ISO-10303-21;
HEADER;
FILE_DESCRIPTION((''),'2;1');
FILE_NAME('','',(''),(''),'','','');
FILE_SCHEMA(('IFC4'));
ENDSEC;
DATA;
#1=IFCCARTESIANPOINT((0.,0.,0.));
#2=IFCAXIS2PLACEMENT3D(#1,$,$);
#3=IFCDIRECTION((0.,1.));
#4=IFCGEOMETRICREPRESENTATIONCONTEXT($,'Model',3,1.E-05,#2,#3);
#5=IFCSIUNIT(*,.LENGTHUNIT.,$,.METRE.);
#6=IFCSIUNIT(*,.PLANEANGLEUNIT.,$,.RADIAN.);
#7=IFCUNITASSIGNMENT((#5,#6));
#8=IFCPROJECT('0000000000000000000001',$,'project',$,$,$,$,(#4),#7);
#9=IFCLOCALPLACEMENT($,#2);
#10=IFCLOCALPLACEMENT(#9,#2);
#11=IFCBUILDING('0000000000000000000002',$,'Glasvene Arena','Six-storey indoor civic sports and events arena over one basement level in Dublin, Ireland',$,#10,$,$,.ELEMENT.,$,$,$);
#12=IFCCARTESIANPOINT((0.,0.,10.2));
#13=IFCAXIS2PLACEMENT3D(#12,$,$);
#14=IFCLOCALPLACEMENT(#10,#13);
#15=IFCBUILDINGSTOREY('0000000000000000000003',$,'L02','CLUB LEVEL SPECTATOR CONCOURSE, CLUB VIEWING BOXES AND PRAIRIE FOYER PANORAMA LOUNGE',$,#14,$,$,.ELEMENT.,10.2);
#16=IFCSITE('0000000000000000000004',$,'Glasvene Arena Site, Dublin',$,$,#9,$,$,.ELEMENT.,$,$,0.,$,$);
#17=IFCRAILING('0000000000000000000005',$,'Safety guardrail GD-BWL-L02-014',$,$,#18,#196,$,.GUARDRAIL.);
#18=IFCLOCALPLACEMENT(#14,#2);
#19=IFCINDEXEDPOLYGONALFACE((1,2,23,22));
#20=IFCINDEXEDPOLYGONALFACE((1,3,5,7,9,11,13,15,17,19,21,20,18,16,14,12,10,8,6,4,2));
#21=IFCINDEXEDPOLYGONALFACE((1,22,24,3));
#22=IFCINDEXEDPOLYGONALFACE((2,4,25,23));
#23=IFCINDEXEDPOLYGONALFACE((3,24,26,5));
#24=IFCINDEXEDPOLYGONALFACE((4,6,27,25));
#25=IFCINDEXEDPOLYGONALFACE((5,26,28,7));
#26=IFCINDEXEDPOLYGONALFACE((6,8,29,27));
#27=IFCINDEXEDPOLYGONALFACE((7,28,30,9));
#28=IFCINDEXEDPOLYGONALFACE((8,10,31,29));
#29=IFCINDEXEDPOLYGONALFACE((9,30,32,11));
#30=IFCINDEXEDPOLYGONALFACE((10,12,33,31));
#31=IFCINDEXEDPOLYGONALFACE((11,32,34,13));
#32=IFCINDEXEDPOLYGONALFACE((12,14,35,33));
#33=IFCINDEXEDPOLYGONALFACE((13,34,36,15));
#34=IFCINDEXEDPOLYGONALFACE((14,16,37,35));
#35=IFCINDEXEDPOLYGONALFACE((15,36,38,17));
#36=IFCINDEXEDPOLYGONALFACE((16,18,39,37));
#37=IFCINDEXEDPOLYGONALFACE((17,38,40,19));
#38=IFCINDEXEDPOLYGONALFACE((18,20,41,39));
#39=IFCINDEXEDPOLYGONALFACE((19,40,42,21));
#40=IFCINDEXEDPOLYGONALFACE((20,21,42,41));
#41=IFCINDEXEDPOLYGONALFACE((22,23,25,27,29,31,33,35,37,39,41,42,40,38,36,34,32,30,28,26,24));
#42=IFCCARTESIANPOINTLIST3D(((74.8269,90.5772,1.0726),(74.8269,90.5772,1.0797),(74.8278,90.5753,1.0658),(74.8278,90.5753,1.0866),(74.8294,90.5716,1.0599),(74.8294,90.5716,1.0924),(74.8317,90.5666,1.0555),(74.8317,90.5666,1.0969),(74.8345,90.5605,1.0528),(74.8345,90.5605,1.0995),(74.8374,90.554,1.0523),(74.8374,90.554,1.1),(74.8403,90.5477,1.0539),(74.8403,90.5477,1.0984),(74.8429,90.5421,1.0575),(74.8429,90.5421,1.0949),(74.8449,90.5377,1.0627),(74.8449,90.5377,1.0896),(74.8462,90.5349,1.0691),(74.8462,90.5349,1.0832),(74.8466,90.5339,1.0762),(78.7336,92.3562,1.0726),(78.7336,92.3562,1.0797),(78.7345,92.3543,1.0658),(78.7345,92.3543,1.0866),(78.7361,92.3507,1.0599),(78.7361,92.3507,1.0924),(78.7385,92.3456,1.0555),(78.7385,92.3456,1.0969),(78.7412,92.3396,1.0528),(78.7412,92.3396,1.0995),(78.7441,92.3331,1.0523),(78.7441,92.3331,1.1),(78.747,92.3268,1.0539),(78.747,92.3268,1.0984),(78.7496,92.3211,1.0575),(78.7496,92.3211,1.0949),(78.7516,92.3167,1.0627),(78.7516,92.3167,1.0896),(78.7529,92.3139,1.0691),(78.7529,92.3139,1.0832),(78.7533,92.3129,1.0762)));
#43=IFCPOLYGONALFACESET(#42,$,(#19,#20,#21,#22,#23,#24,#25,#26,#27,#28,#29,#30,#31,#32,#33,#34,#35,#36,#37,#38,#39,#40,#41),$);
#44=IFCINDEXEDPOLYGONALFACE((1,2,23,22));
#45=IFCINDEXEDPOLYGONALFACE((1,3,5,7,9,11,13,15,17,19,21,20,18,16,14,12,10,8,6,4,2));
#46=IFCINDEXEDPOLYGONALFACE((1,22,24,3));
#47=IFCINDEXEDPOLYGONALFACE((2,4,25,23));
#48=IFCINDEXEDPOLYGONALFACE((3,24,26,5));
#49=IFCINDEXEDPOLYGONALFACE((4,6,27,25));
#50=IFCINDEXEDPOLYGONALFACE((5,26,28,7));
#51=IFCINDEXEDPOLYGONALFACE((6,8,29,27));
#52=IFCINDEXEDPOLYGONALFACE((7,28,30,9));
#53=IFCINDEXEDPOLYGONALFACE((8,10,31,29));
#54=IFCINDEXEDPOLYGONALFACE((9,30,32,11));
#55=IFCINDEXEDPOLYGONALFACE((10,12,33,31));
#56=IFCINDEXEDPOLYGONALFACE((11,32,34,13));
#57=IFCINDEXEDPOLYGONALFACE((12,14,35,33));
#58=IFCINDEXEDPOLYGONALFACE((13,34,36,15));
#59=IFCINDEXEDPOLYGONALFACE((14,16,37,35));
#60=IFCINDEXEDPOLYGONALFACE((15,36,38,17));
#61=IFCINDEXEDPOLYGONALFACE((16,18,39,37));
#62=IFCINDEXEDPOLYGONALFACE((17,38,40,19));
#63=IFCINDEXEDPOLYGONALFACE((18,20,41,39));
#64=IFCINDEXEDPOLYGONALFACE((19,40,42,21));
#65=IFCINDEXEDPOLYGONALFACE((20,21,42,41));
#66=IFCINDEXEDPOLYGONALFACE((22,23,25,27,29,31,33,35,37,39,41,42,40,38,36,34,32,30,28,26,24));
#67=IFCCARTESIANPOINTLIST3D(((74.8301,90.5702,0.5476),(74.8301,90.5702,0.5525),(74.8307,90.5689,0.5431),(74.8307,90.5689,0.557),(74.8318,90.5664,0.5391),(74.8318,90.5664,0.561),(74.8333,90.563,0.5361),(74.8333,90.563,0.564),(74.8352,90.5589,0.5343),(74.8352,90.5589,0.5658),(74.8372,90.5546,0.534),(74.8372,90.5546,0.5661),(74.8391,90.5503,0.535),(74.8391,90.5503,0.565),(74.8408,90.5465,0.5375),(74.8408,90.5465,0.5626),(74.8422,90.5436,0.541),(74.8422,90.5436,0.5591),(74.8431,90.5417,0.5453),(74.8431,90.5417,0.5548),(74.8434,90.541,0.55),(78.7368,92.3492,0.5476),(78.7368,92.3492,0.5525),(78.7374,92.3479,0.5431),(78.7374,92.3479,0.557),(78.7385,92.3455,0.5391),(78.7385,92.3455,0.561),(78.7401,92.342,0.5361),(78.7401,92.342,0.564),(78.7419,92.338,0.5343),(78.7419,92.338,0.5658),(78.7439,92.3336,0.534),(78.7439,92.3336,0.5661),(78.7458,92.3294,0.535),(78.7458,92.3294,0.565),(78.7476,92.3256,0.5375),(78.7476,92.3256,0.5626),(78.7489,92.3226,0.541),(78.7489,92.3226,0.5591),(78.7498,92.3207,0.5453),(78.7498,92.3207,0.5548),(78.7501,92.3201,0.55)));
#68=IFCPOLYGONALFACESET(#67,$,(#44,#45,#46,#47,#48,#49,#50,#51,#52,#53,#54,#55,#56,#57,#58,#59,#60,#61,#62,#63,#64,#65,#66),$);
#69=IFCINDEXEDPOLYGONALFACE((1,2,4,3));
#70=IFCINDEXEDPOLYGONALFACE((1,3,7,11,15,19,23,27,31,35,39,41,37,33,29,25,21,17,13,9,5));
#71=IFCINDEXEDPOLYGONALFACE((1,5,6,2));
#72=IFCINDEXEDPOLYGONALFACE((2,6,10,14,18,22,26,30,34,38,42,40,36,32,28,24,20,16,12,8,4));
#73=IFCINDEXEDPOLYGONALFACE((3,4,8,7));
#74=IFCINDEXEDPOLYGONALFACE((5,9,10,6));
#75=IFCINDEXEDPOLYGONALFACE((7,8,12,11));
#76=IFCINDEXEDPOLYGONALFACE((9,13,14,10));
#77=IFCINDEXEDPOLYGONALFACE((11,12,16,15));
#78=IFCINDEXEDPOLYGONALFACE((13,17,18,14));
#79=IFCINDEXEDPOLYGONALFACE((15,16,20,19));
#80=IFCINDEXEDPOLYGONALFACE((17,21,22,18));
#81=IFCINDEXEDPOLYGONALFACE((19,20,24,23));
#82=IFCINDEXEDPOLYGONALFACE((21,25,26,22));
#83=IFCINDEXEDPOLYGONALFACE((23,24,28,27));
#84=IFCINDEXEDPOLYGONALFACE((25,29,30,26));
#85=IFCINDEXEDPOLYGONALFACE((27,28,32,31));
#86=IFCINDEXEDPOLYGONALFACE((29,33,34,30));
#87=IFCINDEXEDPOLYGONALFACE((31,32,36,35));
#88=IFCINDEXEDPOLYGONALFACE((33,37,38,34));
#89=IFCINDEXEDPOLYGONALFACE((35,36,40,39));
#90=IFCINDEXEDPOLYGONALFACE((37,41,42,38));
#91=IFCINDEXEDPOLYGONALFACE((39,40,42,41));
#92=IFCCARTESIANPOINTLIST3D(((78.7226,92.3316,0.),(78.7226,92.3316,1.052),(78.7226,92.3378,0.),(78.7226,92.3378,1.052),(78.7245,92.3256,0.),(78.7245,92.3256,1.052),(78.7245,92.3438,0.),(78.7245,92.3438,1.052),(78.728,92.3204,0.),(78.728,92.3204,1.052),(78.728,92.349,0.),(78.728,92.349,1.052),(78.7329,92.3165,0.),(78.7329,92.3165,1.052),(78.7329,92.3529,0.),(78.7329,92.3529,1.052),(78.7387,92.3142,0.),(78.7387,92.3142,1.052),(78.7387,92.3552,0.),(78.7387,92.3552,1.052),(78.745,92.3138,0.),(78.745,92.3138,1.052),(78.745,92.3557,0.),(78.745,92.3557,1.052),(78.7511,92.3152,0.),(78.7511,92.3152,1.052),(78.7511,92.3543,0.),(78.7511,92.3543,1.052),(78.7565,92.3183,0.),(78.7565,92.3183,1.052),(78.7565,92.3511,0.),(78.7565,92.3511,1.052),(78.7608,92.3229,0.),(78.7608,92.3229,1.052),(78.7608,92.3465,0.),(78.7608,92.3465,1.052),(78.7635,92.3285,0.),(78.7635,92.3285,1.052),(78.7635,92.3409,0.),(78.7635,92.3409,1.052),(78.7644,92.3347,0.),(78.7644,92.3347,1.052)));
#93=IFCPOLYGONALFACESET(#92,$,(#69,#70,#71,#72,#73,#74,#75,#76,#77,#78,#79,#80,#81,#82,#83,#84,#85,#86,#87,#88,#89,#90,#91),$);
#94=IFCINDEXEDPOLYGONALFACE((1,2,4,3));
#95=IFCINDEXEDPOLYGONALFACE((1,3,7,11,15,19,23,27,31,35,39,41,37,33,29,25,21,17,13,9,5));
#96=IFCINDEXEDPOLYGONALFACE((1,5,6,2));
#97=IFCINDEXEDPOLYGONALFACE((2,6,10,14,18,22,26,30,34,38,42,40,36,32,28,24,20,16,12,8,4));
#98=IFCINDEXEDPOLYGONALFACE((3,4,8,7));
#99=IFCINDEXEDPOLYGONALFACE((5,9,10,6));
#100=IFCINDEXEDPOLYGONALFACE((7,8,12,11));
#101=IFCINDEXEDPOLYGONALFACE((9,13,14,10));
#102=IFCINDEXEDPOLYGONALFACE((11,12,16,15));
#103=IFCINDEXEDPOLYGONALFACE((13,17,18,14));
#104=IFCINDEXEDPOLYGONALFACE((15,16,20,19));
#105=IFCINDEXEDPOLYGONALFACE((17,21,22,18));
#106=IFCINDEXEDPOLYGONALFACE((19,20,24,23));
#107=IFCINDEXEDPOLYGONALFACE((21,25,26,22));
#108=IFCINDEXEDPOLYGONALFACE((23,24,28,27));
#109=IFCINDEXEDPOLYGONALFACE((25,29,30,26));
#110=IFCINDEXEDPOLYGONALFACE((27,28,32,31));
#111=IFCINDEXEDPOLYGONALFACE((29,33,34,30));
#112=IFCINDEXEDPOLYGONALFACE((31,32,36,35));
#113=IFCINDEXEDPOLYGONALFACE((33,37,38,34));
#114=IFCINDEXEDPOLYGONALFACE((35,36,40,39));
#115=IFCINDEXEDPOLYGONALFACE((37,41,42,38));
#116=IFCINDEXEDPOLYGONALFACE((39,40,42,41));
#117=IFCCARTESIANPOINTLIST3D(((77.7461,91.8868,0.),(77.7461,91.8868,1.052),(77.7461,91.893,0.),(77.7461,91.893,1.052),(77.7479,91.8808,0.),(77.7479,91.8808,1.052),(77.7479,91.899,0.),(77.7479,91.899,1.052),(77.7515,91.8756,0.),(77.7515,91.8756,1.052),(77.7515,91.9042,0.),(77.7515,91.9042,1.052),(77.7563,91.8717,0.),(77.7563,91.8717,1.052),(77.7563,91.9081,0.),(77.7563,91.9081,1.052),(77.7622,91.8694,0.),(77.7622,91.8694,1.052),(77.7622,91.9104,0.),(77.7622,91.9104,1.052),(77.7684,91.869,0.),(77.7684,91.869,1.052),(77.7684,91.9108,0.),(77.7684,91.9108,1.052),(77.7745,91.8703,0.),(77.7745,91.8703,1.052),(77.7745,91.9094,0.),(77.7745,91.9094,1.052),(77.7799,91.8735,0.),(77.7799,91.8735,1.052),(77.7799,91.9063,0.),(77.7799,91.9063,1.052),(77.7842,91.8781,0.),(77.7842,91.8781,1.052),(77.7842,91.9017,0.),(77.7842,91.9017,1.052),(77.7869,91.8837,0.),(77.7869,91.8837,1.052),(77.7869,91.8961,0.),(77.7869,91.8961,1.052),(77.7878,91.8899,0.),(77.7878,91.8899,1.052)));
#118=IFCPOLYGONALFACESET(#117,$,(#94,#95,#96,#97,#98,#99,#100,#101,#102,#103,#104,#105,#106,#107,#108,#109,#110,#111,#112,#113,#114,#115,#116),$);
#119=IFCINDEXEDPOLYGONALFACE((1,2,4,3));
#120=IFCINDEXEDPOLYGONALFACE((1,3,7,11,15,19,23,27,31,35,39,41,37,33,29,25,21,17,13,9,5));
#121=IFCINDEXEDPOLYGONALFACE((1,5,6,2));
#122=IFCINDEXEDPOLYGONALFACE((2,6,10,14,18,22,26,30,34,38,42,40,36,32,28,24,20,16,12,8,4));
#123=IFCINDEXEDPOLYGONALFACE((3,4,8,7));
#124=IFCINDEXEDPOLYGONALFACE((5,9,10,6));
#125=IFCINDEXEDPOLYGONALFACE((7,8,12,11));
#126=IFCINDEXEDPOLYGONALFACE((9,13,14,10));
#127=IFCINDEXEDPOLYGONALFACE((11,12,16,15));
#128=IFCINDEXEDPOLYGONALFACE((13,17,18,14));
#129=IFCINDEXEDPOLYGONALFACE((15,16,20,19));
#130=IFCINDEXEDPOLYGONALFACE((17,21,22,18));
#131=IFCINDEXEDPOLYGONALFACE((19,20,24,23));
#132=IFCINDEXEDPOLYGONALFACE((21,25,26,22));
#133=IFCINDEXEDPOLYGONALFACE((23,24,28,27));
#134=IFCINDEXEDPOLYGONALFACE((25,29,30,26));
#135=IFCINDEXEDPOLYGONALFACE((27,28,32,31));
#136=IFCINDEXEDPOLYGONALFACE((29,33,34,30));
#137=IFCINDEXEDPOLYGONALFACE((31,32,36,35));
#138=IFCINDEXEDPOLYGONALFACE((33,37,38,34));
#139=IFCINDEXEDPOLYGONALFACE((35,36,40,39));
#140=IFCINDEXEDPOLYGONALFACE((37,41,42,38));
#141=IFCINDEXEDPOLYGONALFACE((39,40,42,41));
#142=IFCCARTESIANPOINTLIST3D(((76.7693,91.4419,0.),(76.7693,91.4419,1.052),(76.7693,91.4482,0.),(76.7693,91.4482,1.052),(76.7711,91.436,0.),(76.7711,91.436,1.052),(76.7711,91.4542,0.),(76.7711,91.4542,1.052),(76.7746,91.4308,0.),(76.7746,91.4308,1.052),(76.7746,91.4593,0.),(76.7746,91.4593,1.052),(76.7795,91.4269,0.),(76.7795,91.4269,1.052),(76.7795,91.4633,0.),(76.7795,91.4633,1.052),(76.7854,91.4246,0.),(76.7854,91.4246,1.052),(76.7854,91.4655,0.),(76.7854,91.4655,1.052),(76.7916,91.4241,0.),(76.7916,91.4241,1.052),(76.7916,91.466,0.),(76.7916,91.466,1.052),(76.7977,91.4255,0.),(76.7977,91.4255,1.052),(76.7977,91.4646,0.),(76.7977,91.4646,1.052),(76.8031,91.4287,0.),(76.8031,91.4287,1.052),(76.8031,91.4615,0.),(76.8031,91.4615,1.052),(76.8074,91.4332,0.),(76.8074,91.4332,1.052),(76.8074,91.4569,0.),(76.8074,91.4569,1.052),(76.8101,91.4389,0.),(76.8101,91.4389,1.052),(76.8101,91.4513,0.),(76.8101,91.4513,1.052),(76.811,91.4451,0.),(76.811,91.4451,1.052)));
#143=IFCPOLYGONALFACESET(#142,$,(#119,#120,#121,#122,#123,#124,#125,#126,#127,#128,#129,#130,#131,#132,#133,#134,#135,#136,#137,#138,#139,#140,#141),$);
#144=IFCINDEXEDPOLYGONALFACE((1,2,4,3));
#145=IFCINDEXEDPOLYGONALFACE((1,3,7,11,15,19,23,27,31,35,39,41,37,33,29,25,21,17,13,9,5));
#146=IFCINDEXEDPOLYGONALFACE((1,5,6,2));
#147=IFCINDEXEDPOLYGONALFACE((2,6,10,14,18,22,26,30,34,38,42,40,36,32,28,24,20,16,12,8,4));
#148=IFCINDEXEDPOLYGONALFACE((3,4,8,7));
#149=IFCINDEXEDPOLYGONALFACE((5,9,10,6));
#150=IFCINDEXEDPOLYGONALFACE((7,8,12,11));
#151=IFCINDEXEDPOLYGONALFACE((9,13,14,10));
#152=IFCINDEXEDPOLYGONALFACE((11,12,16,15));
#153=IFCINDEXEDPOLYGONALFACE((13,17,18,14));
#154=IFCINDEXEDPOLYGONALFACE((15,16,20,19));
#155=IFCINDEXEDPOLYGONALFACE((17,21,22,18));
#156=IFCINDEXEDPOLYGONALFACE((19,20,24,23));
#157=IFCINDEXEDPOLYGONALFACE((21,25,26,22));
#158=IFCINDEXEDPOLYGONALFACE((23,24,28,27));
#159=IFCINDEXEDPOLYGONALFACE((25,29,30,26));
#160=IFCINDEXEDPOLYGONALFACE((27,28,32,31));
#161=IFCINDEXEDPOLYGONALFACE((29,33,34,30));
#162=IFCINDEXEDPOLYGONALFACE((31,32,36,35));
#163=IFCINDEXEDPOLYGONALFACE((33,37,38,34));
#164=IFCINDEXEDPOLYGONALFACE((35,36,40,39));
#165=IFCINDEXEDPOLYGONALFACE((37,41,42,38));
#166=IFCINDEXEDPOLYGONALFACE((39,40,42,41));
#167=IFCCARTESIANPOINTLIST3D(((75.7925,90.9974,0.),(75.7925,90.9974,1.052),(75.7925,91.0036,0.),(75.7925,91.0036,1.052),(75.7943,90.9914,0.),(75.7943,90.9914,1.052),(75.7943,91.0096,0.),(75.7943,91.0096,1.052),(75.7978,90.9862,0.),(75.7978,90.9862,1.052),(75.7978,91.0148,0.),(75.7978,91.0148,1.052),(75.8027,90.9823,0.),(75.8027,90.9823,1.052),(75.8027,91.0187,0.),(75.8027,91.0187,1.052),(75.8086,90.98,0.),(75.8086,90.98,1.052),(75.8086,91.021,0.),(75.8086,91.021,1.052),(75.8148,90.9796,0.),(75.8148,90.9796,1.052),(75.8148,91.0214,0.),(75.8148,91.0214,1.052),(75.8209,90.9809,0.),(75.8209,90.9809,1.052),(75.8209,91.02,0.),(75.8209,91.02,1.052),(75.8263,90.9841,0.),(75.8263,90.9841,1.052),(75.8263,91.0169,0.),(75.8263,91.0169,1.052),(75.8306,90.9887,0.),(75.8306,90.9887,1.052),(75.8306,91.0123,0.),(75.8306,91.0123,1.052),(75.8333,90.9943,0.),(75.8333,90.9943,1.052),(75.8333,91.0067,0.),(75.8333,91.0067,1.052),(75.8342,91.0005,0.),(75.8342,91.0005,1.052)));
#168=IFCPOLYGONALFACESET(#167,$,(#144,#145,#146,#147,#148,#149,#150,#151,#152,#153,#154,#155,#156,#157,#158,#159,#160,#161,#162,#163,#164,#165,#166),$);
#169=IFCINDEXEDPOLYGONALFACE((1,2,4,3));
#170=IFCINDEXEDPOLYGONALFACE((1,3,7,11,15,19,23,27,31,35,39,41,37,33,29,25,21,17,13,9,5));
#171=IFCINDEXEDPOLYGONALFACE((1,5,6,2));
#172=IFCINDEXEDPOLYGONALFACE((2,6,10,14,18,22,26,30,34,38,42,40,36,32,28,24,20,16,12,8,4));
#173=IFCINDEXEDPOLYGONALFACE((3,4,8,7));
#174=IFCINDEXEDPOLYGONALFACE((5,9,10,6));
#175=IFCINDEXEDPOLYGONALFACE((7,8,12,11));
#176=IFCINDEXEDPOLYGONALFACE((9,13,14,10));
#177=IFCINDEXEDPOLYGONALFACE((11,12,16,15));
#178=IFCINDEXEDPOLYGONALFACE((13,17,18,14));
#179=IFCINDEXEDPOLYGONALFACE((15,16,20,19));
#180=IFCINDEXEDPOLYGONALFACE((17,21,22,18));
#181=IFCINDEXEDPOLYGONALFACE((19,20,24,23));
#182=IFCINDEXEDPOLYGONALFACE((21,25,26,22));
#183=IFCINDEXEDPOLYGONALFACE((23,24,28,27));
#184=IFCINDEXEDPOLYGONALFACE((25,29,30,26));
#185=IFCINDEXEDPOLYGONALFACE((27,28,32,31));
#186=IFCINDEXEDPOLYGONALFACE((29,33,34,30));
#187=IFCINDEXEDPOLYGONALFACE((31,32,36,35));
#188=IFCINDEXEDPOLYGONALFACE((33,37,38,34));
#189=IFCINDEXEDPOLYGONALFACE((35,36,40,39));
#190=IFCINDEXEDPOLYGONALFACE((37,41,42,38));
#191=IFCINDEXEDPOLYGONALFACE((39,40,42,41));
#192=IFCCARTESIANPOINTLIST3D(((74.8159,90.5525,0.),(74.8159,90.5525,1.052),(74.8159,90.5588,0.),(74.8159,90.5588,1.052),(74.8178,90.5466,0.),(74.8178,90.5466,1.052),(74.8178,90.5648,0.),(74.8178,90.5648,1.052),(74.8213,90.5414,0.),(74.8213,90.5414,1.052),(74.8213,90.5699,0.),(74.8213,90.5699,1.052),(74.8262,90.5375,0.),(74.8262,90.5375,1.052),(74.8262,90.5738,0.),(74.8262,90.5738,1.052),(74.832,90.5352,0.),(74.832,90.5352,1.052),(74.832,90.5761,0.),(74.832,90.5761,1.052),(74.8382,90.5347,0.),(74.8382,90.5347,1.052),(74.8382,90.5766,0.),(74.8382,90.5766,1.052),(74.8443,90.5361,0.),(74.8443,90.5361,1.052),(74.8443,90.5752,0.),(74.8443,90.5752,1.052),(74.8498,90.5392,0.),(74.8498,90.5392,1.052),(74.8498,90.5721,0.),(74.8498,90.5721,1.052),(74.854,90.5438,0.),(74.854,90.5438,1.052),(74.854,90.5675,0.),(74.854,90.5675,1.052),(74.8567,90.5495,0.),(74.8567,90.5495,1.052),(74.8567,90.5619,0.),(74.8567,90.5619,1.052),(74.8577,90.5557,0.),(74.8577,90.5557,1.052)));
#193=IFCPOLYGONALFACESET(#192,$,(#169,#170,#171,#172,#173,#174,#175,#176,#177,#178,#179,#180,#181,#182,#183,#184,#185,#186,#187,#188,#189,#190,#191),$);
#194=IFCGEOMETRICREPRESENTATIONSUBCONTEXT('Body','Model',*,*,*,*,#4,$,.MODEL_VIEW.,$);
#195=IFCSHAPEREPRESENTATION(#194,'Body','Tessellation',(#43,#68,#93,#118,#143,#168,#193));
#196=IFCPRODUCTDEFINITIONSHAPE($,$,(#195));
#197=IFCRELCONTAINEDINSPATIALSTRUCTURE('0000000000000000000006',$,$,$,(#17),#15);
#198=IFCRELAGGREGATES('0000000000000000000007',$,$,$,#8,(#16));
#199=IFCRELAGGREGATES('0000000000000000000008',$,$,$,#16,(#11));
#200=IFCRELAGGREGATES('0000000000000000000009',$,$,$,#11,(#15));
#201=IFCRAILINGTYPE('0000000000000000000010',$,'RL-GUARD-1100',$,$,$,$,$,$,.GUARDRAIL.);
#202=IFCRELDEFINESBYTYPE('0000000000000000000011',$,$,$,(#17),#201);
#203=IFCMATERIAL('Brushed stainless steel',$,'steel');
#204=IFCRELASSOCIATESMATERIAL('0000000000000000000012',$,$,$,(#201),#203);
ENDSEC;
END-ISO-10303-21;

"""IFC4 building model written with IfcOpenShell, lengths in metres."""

from ifc_helpers import new_model, si_unit, direction, frame, origin, origin_2d, place, context, subcontext, project, spatial, circle, extrude, material, type_object, element, save


model = new_model("IFC4")

# Units and contexts
model_context = context("Model", 3, precision=1e-05, world=origin(), true_north=direction((0.0, 1.0)))
body_context = subcontext(model_context, "Body", "Model", "MODEL_VIEW")
ifc_project = project(units=[si_unit("LENGTHUNIT", "METRE"), si_unit("PLANEANGLEUNIT", "RADIAN")], contexts=[model_context])

# Site, building, storey
site_placement = place(None, origin())
site = spatial("IfcSite", under=ifc_project, at=site_placement, Name="Glasvene Arena Site, Dublin", CompositionType="ELEMENT", RefElevation=0.0)
building_placement = place(site_placement, origin())
building = spatial("IfcBuilding", under=site, at=building_placement, Name="Glasvene Arena", Description="Six-storey indoor civic sports and events arena over one basement level in Dublin, Ireland", CompositionType="ELEMENT")
storey_placement = place(building_placement, frame((0.0, 0.0, 10.2)))
storey = spatial("IfcBuildingStorey", under=building, at=storey_placement, Name="L02", Description="CLUB LEVEL SPECTATOR CONCOURSE, CLUB VIEWING BOXES AND PRAIRIE FOYER PANORAMA LOUNGE", CompositionType="ELEMENT", Elevation=10.2)

# Railing
ifc_material_1 = material(Name="Brushed stainless steel", Category="steel")
railing_type = type_object("IfcRailingType", Name="RL-GUARD-1100", PredefinedType="GUARDRAIL", material=ifc_material_1)
railing_1_placement = place(storey_placement, frame((78.7434, 92.3347, 0.0)))
element("IfcRailing", 1, at=railing_1_placement, inside=storey, type_object=railing_type, Name="Safety guardrail GD-BWL-L02-014", PredefinedType="GUARDRAIL", context=body_context, shape_type="SweptSolid", body=[
    extrude(circle(Radius=0.0239, at=origin_2d()), frame((0.0, 0.0, 1.0762), z_axis=(-0.91008, -0.414433, 0.0), x_axis=(0.414433, -0.91008, 0.0)), (0.0, 0.0, 1.0), 4.2927),
    extrude(circle(Radius=0.0161, at=origin_2d()), frame((0.0, 0.0, 0.55), z_axis=(-0.91008, -0.414433, 0.0), x_axis=(0.414433, -0.91008, 0.0)), (0.0, 0.0, 1.0), 4.2927),
    extrude(circle(Radius=0.021, at=origin_2d()), origin(), (0.0, 0.0, 1.0), 1.052),
    extrude(circle(Radius=0.021, at=origin_2d()), frame((-0.9766, -0.4448, 0.0)), (0.0, 0.0, 1.0), 1.052),
    extrude(circle(Radius=0.021, at=origin_2d()), frame((-1.9534, -0.8896, 0.0)), (0.0, 0.0, 1.0), 1.052),
    extrude(circle(Radius=0.021, at=origin_2d()), frame((-2.9302, -1.3342, 0.0)), (0.0, 0.0, 1.0), 1.052),
    extrude(circle(Radius=0.021, at=origin_2d()), frame((-3.9067, -1.7791, 0.0)), (0.0, 0.0, 1.0), 1.052),
])

save(model, "model.ifc")
